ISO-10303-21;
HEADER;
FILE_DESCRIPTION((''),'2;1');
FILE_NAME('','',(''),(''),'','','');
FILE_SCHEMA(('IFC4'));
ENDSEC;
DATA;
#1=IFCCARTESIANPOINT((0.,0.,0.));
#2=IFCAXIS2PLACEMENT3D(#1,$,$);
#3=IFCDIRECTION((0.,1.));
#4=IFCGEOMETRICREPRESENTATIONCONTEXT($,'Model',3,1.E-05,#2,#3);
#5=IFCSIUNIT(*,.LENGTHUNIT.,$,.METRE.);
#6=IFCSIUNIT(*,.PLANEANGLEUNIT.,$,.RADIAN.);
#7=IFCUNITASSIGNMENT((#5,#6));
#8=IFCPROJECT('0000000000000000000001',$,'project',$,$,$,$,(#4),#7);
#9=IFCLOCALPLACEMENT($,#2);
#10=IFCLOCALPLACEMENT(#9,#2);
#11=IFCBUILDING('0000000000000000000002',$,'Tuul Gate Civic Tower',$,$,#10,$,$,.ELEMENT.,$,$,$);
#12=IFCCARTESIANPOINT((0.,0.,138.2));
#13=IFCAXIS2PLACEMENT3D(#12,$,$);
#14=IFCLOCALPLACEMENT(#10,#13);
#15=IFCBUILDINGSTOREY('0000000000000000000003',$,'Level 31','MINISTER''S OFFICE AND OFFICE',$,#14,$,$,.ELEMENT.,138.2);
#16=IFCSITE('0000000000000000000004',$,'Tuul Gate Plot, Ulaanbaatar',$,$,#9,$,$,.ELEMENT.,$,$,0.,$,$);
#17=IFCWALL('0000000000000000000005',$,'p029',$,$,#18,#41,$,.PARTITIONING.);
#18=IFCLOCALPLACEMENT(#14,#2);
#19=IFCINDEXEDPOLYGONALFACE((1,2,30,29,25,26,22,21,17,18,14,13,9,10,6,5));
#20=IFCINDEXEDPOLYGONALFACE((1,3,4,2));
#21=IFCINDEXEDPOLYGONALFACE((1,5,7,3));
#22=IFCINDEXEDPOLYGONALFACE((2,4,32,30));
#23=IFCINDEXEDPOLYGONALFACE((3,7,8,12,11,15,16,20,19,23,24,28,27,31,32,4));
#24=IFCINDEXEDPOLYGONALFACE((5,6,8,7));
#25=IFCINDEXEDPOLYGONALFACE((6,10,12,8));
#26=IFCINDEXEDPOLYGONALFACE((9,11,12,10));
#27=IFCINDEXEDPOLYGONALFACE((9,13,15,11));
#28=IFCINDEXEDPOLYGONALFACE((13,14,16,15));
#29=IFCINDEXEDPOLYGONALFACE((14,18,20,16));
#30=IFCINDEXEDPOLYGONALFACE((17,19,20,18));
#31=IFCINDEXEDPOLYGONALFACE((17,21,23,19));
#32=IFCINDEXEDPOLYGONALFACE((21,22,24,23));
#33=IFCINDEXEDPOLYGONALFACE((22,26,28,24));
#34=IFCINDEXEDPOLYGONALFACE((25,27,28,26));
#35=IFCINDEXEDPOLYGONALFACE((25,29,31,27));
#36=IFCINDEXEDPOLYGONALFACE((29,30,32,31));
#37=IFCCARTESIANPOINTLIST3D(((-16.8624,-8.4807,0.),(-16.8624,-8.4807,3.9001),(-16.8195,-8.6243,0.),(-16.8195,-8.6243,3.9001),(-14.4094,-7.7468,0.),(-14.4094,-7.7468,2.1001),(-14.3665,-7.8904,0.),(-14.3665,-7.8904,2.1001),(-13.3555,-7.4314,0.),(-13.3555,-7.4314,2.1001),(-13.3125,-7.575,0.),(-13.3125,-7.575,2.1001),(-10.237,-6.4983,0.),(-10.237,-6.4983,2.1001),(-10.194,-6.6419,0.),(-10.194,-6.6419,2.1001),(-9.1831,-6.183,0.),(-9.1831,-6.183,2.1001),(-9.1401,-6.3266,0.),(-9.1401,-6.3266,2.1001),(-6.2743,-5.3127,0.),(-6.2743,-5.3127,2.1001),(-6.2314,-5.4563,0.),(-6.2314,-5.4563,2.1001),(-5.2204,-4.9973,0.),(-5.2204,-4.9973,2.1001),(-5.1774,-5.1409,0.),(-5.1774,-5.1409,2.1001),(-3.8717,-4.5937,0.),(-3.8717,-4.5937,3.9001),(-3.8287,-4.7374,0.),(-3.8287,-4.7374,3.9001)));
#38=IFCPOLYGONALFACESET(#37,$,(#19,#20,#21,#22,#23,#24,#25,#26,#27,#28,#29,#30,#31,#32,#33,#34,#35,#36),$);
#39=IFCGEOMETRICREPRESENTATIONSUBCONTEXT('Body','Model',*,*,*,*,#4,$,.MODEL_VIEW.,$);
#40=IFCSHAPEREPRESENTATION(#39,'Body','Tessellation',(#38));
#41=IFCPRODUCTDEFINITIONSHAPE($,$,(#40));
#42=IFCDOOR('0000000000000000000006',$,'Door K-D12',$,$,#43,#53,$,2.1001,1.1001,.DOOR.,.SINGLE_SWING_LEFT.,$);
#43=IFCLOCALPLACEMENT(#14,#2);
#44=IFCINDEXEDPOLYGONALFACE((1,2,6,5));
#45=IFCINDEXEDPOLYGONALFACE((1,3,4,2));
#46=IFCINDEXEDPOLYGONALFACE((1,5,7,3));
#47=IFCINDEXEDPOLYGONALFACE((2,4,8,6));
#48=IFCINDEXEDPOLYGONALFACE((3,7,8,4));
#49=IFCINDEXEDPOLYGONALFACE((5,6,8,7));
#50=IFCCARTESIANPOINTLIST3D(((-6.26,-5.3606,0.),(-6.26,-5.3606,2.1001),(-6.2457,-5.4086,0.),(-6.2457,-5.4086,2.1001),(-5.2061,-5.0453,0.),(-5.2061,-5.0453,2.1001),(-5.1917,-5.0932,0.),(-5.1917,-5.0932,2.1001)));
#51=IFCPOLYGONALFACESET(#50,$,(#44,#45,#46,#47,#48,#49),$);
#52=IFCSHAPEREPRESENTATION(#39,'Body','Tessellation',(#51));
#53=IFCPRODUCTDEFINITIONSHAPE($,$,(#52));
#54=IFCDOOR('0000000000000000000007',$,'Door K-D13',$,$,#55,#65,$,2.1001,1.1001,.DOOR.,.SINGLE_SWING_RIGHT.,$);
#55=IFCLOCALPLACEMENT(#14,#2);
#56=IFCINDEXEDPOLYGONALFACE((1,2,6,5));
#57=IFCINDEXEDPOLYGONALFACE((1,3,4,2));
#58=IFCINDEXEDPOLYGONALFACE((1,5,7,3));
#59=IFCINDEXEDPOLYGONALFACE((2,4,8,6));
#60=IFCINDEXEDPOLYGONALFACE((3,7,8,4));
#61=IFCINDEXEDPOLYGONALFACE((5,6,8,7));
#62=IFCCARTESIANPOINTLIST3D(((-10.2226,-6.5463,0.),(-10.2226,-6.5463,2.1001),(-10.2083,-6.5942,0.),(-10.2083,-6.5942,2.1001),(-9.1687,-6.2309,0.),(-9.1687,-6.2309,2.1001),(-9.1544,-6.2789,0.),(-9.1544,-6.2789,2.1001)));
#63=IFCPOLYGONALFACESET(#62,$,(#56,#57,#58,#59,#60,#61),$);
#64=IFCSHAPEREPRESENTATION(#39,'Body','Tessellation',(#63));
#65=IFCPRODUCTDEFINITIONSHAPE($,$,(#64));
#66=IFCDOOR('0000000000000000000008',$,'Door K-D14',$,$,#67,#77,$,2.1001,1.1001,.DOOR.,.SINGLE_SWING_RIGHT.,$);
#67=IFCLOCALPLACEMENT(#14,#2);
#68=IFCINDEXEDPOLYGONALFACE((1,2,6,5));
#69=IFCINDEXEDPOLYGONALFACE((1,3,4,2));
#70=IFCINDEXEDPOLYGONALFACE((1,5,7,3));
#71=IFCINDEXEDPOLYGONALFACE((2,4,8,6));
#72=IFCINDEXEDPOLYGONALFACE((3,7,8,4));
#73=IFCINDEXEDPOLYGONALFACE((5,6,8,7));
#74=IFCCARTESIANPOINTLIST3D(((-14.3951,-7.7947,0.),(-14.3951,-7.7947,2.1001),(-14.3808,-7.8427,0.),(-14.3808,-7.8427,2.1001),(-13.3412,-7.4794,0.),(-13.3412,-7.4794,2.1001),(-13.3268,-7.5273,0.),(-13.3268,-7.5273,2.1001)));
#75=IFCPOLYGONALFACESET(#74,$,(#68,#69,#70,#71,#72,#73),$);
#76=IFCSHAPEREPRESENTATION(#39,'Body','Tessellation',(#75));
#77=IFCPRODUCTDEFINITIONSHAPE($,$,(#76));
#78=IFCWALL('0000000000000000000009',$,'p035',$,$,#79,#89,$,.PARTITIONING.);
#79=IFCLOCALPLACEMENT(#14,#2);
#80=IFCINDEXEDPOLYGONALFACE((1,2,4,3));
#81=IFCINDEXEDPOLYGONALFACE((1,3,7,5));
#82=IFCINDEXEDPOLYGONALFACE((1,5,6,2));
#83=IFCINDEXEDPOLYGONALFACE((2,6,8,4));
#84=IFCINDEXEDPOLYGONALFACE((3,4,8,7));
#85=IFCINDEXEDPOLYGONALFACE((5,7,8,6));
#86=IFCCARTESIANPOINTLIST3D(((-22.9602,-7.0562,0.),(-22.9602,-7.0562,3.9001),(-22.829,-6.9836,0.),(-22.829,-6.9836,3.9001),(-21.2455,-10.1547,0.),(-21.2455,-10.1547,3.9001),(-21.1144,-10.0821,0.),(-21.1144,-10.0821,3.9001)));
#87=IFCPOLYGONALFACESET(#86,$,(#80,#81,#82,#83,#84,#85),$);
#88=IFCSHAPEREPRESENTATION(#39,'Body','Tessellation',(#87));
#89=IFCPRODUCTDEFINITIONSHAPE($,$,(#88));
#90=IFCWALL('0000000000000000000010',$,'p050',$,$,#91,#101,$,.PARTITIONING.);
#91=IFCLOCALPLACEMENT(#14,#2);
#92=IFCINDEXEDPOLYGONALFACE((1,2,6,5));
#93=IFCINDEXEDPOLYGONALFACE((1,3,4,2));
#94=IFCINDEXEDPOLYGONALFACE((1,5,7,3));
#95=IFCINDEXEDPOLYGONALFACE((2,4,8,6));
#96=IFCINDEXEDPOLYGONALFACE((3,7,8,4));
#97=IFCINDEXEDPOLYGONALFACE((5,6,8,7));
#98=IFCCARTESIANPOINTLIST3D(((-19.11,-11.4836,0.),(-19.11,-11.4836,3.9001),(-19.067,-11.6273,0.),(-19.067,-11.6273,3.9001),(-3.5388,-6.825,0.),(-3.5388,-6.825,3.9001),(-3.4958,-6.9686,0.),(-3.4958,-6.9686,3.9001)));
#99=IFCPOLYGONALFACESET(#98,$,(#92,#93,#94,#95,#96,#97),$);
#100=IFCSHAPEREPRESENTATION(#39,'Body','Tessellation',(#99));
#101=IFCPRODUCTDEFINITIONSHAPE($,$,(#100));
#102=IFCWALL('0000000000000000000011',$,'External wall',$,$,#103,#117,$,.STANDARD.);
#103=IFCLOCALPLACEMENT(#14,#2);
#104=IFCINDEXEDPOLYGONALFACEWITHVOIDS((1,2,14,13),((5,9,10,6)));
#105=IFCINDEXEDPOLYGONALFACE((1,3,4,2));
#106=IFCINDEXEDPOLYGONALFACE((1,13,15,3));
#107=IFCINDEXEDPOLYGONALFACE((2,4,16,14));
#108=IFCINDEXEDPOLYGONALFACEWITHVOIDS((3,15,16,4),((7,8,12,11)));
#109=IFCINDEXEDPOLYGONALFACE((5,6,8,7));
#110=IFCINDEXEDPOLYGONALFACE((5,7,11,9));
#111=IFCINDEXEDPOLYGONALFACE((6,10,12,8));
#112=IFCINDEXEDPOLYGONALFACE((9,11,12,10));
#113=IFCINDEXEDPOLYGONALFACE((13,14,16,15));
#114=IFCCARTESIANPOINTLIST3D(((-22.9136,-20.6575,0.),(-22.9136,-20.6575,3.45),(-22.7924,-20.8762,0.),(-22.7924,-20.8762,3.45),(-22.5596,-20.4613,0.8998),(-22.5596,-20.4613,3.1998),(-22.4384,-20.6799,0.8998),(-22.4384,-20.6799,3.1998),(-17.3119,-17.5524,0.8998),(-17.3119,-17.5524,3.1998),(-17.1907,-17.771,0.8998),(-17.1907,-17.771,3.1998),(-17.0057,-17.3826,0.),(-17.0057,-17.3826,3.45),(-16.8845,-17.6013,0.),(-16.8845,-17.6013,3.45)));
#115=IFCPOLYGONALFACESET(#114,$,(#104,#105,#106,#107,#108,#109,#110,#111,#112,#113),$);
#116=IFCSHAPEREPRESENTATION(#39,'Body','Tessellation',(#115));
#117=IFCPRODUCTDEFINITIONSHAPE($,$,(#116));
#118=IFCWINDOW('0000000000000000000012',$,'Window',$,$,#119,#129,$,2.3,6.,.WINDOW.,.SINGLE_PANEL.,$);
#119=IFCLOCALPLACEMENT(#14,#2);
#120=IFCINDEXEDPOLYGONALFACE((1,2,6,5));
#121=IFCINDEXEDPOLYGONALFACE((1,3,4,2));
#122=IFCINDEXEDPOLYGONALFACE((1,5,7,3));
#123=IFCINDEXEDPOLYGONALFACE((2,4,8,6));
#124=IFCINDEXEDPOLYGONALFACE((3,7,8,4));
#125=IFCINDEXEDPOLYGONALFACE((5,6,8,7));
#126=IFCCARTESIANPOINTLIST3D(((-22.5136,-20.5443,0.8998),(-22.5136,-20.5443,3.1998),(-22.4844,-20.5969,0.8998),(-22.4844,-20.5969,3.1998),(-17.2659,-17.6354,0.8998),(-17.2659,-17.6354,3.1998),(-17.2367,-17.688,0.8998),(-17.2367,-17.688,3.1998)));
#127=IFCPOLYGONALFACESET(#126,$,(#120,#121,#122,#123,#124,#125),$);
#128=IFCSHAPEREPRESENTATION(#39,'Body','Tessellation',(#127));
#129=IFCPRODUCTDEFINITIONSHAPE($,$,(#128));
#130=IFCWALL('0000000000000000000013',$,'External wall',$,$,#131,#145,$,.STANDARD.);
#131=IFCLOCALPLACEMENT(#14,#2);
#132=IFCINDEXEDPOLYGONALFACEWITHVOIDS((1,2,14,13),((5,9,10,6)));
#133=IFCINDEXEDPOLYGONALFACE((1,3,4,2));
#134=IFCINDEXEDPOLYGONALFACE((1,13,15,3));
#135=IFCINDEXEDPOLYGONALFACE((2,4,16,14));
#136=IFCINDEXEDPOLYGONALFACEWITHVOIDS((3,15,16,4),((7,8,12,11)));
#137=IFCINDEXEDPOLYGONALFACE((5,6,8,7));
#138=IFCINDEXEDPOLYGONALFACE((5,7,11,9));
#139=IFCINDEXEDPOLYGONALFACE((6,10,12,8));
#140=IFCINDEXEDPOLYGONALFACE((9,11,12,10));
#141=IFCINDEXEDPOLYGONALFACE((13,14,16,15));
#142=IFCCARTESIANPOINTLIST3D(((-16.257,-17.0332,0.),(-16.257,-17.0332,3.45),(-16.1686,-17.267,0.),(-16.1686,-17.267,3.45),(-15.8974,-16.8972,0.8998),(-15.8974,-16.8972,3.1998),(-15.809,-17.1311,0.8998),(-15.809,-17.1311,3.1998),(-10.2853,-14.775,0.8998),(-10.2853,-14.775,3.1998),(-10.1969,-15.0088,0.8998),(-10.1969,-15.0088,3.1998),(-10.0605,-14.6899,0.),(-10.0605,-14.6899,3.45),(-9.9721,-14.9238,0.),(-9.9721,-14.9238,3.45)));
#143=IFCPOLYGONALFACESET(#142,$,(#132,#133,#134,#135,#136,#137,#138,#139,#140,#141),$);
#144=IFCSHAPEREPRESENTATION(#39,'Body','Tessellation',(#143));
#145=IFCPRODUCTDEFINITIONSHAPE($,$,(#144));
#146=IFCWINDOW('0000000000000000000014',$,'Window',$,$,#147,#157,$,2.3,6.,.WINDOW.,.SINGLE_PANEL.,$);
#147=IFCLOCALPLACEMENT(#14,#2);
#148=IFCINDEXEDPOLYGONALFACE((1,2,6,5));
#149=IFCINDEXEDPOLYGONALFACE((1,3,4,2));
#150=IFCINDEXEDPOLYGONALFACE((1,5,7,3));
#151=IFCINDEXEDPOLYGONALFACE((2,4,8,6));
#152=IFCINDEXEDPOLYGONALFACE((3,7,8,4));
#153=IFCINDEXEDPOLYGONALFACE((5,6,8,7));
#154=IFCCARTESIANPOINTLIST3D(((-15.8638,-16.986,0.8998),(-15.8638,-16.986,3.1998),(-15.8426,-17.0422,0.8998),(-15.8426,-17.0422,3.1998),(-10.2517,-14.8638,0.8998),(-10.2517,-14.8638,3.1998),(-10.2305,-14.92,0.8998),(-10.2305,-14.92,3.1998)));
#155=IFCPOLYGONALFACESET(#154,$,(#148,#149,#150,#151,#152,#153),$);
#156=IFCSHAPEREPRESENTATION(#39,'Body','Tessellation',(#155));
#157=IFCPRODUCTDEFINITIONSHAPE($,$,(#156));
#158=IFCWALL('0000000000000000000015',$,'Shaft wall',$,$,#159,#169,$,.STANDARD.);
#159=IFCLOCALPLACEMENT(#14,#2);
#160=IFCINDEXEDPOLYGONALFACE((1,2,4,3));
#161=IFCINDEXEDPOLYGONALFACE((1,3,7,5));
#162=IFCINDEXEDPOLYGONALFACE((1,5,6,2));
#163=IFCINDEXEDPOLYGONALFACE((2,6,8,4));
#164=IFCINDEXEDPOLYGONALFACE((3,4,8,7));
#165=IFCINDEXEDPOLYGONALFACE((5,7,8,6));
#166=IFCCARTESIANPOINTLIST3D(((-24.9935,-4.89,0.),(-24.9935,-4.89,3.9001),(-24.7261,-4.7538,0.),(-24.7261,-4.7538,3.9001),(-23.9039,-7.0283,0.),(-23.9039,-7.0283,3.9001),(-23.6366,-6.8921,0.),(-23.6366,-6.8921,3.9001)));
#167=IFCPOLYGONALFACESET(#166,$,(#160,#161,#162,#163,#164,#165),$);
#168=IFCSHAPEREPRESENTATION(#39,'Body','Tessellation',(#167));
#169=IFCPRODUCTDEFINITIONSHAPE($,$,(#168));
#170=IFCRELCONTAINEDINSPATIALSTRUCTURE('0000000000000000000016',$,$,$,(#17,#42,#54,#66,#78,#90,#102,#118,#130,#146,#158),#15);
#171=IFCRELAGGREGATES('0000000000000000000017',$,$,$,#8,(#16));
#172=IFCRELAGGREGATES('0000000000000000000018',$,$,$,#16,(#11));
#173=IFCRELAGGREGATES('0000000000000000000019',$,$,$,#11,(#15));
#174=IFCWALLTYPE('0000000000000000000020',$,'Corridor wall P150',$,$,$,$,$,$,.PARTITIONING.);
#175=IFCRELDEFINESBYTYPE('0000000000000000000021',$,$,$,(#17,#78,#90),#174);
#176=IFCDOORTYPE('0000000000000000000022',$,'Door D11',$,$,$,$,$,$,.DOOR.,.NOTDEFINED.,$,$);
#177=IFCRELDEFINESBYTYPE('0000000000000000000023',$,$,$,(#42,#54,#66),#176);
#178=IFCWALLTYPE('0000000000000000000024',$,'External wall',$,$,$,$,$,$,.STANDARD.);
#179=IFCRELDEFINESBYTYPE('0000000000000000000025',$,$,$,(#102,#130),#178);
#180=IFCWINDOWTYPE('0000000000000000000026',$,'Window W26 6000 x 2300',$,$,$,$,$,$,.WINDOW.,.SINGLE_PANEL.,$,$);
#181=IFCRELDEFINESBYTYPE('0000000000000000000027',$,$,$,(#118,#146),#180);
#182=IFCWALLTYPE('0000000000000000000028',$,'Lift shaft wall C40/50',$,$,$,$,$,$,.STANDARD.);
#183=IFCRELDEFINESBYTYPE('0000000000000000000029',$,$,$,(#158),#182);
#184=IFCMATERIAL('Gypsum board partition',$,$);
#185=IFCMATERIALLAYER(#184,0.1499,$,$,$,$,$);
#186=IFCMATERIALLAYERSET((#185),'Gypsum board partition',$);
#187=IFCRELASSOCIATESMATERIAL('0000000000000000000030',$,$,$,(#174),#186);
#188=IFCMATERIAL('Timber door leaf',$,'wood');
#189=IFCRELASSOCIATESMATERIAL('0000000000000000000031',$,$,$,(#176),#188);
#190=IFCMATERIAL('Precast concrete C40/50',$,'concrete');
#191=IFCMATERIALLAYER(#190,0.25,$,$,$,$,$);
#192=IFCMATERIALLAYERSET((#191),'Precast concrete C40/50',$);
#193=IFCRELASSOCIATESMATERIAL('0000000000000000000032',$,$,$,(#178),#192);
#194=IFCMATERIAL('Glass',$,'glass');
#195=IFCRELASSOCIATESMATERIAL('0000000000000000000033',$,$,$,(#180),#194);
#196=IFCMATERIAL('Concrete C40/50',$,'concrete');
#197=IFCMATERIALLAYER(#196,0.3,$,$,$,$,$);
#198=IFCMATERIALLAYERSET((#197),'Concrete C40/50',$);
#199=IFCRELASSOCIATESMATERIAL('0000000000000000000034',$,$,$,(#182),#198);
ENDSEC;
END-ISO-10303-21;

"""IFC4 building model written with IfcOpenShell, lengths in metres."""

from ifc_helpers import new_model, si_unit, direction, frame, frame_2d, origin, place, context, subcontext, project, spatial, rectangle, extrude, material, layer, layer_set, type_object, element, fill, save


model = new_model("IFC4")

# Units and contexts
model_context = context("Model", 3, precision=1e-05, world=origin(), true_north=direction((0.0, 1.0)))
body_context = subcontext(model_context, "Body", "Model", "MODEL_VIEW")
ifc_project = project(units=[si_unit("LENGTHUNIT", "METRE"), si_unit("PLANEANGLEUNIT", "RADIAN")], contexts=[model_context])

# Site, building, storey
site_placement = place(None, origin())
site = spatial("IfcSite", under=ifc_project, at=site_placement, Name="Tuul Gate Plot, Ulaanbaatar", CompositionType="ELEMENT", RefElevation=0.0)
building_placement = place(site_placement, origin())
building = spatial("IfcBuilding", under=site, at=building_placement, Name="Tuul Gate Civic Tower", CompositionType="ELEMENT")
storey_placement = place(building_placement, frame((0.0, 0.0, 138.2)))
storey = spatial("IfcBuildingStorey", under=building, at=storey_placement, Name="Level 31", Description="MINISTER'S OFFICE AND OFFICE", CompositionType="ELEMENT", Elevation=138.2)

# Wall, openings, doors
ifc_material_1 = material(Name="Gypsum board partition")
ifc_layer_1 = layer(ifc_material_1, 0.1499)
ifc_layer_set_1 = layer_set([ifc_layer_1], Name="Gypsum board partition")
wall_type_1 = type_object("IfcWallType", Name="Corridor wall P150", PredefinedType="PARTITIONING", material=ifc_layer_set_1)
wall_1_placement = place(storey_placement, frame((-16.8408, -8.5525, 0.0), z_axis=(0.0, 0.0, 1.0), x_axis=(0.958034, 0.286654, 0.0)))
wall_1 = element("IfcWall", 1, at=wall_1_placement, inside=storey, type_object=wall_type_1, Name="p029", PredefinedType="PARTITIONING", context=body_context, shape_type="SweptSolid", body=[
    extrude(rectangle(XDim=13.5598, YDim=0.1499, at=frame_2d((6.7798, 0.0))), origin(), (0.0, 0.0, 1.0), 3.9001),
])
opening_1_placement = place(wall_1_placement, frame((11.0518, 0.0, 0.0)))
opening_1 = element("IfcOpeningElement", 2, at=opening_1_placement, cuts=wall_1, PredefinedType="OPENING", context=body_context, shape_type="SweptSolid", body=[
    extrude(rectangle(XDim=1.1001, YDim=2.1001, at=frame_2d((0.55, 1.05))), frame((0.0, 0.085, 0.0), z_axis=(0.0, -1.0, 0.0), x_axis=(1.0, 0.0, 0.0)), (0.0, 0.0, 1.0), 0.1699),
])
opening_2_placement = place(wall_1_placement, frame((6.9155, 0.0, 0.0)))
opening_2 = element("IfcOpeningElement", 3, at=opening_2_placement, cuts=wall_1, PredefinedType="OPENING", context=body_context, shape_type="SweptSolid", body=[
    extrude(rectangle(XDim=1.1001, YDim=2.1001, at=frame_2d((0.55, 1.05))), frame((0.0, 0.085, 0.0), z_axis=(0.0, -1.0, 0.0), x_axis=(1.0, 0.0, 0.0)), (0.0, 0.0, 1.0), 0.1699),
])
opening_3_placement = place(wall_1_placement, frame((2.5603, 0.0, 0.0)))
opening_3 = element("IfcOpeningElement", 4, at=opening_3_placement, cuts=wall_1, PredefinedType="OPENING", context=body_context, shape_type="SweptSolid", body=[
    extrude(rectangle(XDim=1.1001, YDim=2.1001, at=frame_2d((0.55, 1.05))), frame((0.0, 0.085, 0.0), z_axis=(0.0, -1.0, 0.0), x_axis=(1.0, 0.0, 0.0)), (0.0, 0.0, 1.0), 0.1699),
])
ifc_material_2 = material(Name="Timber door leaf", Category="wood")
door_type = type_object("IfcDoorType", Name="Door D11", OperationType="NOTDEFINED", PredefinedType="DOOR", material=ifc_material_2)
door_1_placement = place(opening_1_placement, origin())
door_1 = element("IfcDoor", 5, at=door_1_placement, inside=storey, type_object=door_type, Name="Door K-D12", OperationType="SINGLE_SWING_LEFT", OverallHeight=2.1001, OverallWidth=1.1001, PredefinedType="DOOR", context=body_context, shape_type="SweptSolid", body=[
    extrude(rectangle(XDim=1.1001, YDim=2.1001, at=frame_2d((0.55, 1.05))), frame((0.0, 0.0249, 0.0), z_axis=(0.0, -1.0, 0.0), x_axis=(1.0, 0.0, 0.0)), (0.0, 0.0, 1.0), 0.05),
])
fill(opening_1, door_1)
door_2_placement = place(opening_2_placement, origin())
door_2 = element("IfcDoor", 6, at=door_2_placement, inside=storey, type_object=door_type, Name="Door K-D13", OperationType="SINGLE_SWING_RIGHT", OverallHeight=2.1001, OverallWidth=1.1001, PredefinedType="DOOR", context=body_context, shape_type="SweptSolid", body=[
    extrude(rectangle(XDim=1.1001, YDim=2.1001, at=frame_2d((0.55, 1.05))), frame((0.0, 0.0249, 0.0), z_axis=(0.0, -1.0, 0.0), x_axis=(1.0, 0.0, 0.0)), (0.0, 0.0, 1.0), 0.05),
])
fill(opening_2, door_2)
door_3_placement = place(opening_3_placement, origin())
door_3 = element("IfcDoor", 7, at=door_3_placement, inside=storey, type_object=door_type, Name="Door K-D14", OperationType="SINGLE_SWING_RIGHT", OverallHeight=2.1001, OverallWidth=1.1001, PredefinedType="DOOR", context=body_context, shape_type="SweptSolid", body=[
    extrude(rectangle(XDim=1.1001, YDim=2.1001, at=frame_2d((0.55, 1.05))), frame((0.0, 0.0249, 0.0), z_axis=(0.0, -1.0, 0.0), x_axis=(1.0, 0.0, 0.0)), (0.0, 0.0, 1.0), 0.05),
])
fill(opening_3, door_3)

# Walls
wall_2_placement = place(storey_placement, frame((-22.8945, -7.02, 0.0), z_axis=(0.0, 0.0, 1.0), x_axis=(0.484191, -0.874963, 0.0)))
element("IfcWall", 8, at=wall_2_placement, inside=storey, type_object=wall_type_1, Name="p035", PredefinedType="PARTITIONING", context=body_context, shape_type="SweptSolid", body=[
    extrude(rectangle(XDim=3.5413, YDim=0.1499, at=frame_2d((1.7705, 0.0))), origin(), (0.0, 0.0, 1.0), 3.9001),
])
wall_3_placement = place(storey_placement, frame((-19.0884, -11.5554, 0.0), z_axis=(0.0, 0.0, 1.0), x_axis=(0.958041, 0.286631, 0.0)))
element("IfcWall", 9, at=wall_3_placement, inside=storey, type_object=wall_type_1, Name="p050", PredefinedType="PARTITIONING", context=body_context, shape_type="SweptSolid", body=[
    extrude(rectangle(XDim=16.2532, YDim=0.1499, at=frame_2d((8.1265, 0.0))), origin(), (0.0, 0.0, 1.0), 3.9001),
])

# Walls, openings, windows
ifc_material_3 = material(Name="Precast concrete C40/50", Category="concrete")
ifc_layer_2 = layer(ifc_material_3, 0.25)
ifc_layer_set_2 = layer_set([ifc_layer_2], Name="Precast concrete C40/50")
wall_type_2 = type_object("IfcWallType", Name="External wall", PredefinedType="STANDARD", material=ifc_layer_set_2)
wall_4_placement = place(storey_placement, frame((-22.853, -20.7668, 0.0), z_axis=(0.0, 0.0, 1.0), x_axis=(0.874615, 0.484817, 0.0)))
wall_4 = element("IfcWall", 10, at=wall_4_placement, inside=storey, type_object=wall_type_2, Name="External wall", PredefinedType="STANDARD", context=body_context, shape_type="SweptSolid", body=[
    extrude(rectangle(XDim=6.7549, YDim=0.25, at=frame_2d((3.3774, 0.0))), origin(), (0.0, 0.0, 1.0), 3.45),
])
opening_4_placement = place(wall_4_placement, frame((0.4048, 0.0, 0.8999)))
opening_4 = element("IfcOpeningElement", 11, at=opening_4_placement, cuts=wall_4, PredefinedType="OPENING", context=body_context, shape_type="SweptSolid", body=[
    extrude(rectangle(XDim=6.0, YDim=2.3, at=frame_2d((3.0, 1.1499))), frame((0.0, 0.135, 0.0), z_axis=(0.0, -1.0, 0.0), x_axis=(1.0, 0.0, 0.0)), (0.0, 0.0, 1.0), 0.27),
])
ifc_material_4 = material(Name="Glass", Category="glass")
window_type = type_object("IfcWindowType", Name="Window W26 6000 x 2300", PartitioningType="SINGLE_PANEL", PredefinedType="WINDOW", material=ifc_material_4)
window_1_placement = place(opening_4_placement, origin())
window_1 = element("IfcWindow", 12, at=window_1_placement, inside=storey, type_object=window_type, Name="Window", OverallHeight=2.3, OverallWidth=6.0, PartitioningType="SINGLE_PANEL", PredefinedType="WINDOW", context=body_context, shape_type="SweptSolid", body=[
    extrude(rectangle(XDim=6.0, YDim=2.3, at=frame_2d((3.0, 1.1499))), frame((0.0, 0.03, 0.0), z_axis=(0.0, -1.0, 0.0), x_axis=(1.0, 0.0, 0.0)), (0.0, 0.0, 1.0), 0.0601),
])
fill(opening_4, window_1)
wall_5_placement = place(storey_placement, frame((-16.2129, -17.1501, 0.0), z_axis=(0.0, 0.0, 1.0), x_axis=(0.935355, 0.353711, 0.0)))
wall_5 = element("IfcWall", 13, at=wall_5_placement, inside=storey, type_object=wall_type_2, Name="External wall", PredefinedType="STANDARD", context=body_context, shape_type="SweptSolid", body=[
    extrude(rectangle(XDim=6.6248, YDim=0.25, at=frame_2d((3.3125, 0.0))), origin(), (0.0, 0.0, 1.0), 3.45),
])
opening_5_placement = place(wall_5_placement, frame((0.3845, 0.0, 0.8999)))
opening_5 = element("IfcOpeningElement", 14, at=opening_5_placement, cuts=wall_5, PredefinedType="OPENING", context=body_context, shape_type="SweptSolid", body=[
    extrude(rectangle(XDim=6.0, YDim=2.3, at=frame_2d((3.0, 1.1499))), frame((0.0, 0.135, 0.0), z_axis=(0.0, -1.0, 0.0), x_axis=(1.0, 0.0, 0.0)), (0.0, 0.0, 1.0), 0.27),
])
window_2_placement = place(opening_5_placement, origin())
window_2 = element("IfcWindow", 15, at=window_2_placement, inside=storey, type_object=window_type, Name="Window", OverallHeight=2.3, OverallWidth=6.0, PartitioningType="SINGLE_PANEL", PredefinedType="WINDOW", context=body_context, shape_type="SweptSolid", body=[
    extrude(rectangle(XDim=6.0, YDim=2.3, at=frame_2d((3.0, 1.1499))), frame((0.0, 0.03, 0.0), z_axis=(0.0, -1.0, 0.0), x_axis=(1.0, 0.0, 0.0)), (0.0, 0.0, 1.0), 0.0601),
])
fill(opening_5, window_2)

# Wall
ifc_material_5 = material(Name="Concrete C40/50", Category="concrete")
ifc_layer_3 = layer(ifc_material_5, 0.3)
ifc_layer_set_3 = layer_set([ifc_layer_3], Name="Concrete C40/50")
wall_type_3 = type_object("IfcWallType", Name="Lift shaft wall C40/50", PredefinedType="STANDARD", material=ifc_layer_set_3)
wall_6_placement = place(storey_placement, frame((-23.7703, -6.9602, 0.0), z_axis=(0.0, 0.0, 1.0), x_axis=(-0.453996, 0.891004, 0.0)))
element("IfcWall", 16, at=wall_6_placement, inside=storey, type_object=wall_type_3, Name="Shaft wall", PredefinedType="STANDARD", context=body_context, shape_type="SweptSolid", body=[
    extrude(rectangle(XDim=2.3999, YDim=0.3, at=frame_2d((1.2, 0.0))), origin(), (0.0, 0.0, 1.0), 3.9001),
])

save(model, "model.ifc")
